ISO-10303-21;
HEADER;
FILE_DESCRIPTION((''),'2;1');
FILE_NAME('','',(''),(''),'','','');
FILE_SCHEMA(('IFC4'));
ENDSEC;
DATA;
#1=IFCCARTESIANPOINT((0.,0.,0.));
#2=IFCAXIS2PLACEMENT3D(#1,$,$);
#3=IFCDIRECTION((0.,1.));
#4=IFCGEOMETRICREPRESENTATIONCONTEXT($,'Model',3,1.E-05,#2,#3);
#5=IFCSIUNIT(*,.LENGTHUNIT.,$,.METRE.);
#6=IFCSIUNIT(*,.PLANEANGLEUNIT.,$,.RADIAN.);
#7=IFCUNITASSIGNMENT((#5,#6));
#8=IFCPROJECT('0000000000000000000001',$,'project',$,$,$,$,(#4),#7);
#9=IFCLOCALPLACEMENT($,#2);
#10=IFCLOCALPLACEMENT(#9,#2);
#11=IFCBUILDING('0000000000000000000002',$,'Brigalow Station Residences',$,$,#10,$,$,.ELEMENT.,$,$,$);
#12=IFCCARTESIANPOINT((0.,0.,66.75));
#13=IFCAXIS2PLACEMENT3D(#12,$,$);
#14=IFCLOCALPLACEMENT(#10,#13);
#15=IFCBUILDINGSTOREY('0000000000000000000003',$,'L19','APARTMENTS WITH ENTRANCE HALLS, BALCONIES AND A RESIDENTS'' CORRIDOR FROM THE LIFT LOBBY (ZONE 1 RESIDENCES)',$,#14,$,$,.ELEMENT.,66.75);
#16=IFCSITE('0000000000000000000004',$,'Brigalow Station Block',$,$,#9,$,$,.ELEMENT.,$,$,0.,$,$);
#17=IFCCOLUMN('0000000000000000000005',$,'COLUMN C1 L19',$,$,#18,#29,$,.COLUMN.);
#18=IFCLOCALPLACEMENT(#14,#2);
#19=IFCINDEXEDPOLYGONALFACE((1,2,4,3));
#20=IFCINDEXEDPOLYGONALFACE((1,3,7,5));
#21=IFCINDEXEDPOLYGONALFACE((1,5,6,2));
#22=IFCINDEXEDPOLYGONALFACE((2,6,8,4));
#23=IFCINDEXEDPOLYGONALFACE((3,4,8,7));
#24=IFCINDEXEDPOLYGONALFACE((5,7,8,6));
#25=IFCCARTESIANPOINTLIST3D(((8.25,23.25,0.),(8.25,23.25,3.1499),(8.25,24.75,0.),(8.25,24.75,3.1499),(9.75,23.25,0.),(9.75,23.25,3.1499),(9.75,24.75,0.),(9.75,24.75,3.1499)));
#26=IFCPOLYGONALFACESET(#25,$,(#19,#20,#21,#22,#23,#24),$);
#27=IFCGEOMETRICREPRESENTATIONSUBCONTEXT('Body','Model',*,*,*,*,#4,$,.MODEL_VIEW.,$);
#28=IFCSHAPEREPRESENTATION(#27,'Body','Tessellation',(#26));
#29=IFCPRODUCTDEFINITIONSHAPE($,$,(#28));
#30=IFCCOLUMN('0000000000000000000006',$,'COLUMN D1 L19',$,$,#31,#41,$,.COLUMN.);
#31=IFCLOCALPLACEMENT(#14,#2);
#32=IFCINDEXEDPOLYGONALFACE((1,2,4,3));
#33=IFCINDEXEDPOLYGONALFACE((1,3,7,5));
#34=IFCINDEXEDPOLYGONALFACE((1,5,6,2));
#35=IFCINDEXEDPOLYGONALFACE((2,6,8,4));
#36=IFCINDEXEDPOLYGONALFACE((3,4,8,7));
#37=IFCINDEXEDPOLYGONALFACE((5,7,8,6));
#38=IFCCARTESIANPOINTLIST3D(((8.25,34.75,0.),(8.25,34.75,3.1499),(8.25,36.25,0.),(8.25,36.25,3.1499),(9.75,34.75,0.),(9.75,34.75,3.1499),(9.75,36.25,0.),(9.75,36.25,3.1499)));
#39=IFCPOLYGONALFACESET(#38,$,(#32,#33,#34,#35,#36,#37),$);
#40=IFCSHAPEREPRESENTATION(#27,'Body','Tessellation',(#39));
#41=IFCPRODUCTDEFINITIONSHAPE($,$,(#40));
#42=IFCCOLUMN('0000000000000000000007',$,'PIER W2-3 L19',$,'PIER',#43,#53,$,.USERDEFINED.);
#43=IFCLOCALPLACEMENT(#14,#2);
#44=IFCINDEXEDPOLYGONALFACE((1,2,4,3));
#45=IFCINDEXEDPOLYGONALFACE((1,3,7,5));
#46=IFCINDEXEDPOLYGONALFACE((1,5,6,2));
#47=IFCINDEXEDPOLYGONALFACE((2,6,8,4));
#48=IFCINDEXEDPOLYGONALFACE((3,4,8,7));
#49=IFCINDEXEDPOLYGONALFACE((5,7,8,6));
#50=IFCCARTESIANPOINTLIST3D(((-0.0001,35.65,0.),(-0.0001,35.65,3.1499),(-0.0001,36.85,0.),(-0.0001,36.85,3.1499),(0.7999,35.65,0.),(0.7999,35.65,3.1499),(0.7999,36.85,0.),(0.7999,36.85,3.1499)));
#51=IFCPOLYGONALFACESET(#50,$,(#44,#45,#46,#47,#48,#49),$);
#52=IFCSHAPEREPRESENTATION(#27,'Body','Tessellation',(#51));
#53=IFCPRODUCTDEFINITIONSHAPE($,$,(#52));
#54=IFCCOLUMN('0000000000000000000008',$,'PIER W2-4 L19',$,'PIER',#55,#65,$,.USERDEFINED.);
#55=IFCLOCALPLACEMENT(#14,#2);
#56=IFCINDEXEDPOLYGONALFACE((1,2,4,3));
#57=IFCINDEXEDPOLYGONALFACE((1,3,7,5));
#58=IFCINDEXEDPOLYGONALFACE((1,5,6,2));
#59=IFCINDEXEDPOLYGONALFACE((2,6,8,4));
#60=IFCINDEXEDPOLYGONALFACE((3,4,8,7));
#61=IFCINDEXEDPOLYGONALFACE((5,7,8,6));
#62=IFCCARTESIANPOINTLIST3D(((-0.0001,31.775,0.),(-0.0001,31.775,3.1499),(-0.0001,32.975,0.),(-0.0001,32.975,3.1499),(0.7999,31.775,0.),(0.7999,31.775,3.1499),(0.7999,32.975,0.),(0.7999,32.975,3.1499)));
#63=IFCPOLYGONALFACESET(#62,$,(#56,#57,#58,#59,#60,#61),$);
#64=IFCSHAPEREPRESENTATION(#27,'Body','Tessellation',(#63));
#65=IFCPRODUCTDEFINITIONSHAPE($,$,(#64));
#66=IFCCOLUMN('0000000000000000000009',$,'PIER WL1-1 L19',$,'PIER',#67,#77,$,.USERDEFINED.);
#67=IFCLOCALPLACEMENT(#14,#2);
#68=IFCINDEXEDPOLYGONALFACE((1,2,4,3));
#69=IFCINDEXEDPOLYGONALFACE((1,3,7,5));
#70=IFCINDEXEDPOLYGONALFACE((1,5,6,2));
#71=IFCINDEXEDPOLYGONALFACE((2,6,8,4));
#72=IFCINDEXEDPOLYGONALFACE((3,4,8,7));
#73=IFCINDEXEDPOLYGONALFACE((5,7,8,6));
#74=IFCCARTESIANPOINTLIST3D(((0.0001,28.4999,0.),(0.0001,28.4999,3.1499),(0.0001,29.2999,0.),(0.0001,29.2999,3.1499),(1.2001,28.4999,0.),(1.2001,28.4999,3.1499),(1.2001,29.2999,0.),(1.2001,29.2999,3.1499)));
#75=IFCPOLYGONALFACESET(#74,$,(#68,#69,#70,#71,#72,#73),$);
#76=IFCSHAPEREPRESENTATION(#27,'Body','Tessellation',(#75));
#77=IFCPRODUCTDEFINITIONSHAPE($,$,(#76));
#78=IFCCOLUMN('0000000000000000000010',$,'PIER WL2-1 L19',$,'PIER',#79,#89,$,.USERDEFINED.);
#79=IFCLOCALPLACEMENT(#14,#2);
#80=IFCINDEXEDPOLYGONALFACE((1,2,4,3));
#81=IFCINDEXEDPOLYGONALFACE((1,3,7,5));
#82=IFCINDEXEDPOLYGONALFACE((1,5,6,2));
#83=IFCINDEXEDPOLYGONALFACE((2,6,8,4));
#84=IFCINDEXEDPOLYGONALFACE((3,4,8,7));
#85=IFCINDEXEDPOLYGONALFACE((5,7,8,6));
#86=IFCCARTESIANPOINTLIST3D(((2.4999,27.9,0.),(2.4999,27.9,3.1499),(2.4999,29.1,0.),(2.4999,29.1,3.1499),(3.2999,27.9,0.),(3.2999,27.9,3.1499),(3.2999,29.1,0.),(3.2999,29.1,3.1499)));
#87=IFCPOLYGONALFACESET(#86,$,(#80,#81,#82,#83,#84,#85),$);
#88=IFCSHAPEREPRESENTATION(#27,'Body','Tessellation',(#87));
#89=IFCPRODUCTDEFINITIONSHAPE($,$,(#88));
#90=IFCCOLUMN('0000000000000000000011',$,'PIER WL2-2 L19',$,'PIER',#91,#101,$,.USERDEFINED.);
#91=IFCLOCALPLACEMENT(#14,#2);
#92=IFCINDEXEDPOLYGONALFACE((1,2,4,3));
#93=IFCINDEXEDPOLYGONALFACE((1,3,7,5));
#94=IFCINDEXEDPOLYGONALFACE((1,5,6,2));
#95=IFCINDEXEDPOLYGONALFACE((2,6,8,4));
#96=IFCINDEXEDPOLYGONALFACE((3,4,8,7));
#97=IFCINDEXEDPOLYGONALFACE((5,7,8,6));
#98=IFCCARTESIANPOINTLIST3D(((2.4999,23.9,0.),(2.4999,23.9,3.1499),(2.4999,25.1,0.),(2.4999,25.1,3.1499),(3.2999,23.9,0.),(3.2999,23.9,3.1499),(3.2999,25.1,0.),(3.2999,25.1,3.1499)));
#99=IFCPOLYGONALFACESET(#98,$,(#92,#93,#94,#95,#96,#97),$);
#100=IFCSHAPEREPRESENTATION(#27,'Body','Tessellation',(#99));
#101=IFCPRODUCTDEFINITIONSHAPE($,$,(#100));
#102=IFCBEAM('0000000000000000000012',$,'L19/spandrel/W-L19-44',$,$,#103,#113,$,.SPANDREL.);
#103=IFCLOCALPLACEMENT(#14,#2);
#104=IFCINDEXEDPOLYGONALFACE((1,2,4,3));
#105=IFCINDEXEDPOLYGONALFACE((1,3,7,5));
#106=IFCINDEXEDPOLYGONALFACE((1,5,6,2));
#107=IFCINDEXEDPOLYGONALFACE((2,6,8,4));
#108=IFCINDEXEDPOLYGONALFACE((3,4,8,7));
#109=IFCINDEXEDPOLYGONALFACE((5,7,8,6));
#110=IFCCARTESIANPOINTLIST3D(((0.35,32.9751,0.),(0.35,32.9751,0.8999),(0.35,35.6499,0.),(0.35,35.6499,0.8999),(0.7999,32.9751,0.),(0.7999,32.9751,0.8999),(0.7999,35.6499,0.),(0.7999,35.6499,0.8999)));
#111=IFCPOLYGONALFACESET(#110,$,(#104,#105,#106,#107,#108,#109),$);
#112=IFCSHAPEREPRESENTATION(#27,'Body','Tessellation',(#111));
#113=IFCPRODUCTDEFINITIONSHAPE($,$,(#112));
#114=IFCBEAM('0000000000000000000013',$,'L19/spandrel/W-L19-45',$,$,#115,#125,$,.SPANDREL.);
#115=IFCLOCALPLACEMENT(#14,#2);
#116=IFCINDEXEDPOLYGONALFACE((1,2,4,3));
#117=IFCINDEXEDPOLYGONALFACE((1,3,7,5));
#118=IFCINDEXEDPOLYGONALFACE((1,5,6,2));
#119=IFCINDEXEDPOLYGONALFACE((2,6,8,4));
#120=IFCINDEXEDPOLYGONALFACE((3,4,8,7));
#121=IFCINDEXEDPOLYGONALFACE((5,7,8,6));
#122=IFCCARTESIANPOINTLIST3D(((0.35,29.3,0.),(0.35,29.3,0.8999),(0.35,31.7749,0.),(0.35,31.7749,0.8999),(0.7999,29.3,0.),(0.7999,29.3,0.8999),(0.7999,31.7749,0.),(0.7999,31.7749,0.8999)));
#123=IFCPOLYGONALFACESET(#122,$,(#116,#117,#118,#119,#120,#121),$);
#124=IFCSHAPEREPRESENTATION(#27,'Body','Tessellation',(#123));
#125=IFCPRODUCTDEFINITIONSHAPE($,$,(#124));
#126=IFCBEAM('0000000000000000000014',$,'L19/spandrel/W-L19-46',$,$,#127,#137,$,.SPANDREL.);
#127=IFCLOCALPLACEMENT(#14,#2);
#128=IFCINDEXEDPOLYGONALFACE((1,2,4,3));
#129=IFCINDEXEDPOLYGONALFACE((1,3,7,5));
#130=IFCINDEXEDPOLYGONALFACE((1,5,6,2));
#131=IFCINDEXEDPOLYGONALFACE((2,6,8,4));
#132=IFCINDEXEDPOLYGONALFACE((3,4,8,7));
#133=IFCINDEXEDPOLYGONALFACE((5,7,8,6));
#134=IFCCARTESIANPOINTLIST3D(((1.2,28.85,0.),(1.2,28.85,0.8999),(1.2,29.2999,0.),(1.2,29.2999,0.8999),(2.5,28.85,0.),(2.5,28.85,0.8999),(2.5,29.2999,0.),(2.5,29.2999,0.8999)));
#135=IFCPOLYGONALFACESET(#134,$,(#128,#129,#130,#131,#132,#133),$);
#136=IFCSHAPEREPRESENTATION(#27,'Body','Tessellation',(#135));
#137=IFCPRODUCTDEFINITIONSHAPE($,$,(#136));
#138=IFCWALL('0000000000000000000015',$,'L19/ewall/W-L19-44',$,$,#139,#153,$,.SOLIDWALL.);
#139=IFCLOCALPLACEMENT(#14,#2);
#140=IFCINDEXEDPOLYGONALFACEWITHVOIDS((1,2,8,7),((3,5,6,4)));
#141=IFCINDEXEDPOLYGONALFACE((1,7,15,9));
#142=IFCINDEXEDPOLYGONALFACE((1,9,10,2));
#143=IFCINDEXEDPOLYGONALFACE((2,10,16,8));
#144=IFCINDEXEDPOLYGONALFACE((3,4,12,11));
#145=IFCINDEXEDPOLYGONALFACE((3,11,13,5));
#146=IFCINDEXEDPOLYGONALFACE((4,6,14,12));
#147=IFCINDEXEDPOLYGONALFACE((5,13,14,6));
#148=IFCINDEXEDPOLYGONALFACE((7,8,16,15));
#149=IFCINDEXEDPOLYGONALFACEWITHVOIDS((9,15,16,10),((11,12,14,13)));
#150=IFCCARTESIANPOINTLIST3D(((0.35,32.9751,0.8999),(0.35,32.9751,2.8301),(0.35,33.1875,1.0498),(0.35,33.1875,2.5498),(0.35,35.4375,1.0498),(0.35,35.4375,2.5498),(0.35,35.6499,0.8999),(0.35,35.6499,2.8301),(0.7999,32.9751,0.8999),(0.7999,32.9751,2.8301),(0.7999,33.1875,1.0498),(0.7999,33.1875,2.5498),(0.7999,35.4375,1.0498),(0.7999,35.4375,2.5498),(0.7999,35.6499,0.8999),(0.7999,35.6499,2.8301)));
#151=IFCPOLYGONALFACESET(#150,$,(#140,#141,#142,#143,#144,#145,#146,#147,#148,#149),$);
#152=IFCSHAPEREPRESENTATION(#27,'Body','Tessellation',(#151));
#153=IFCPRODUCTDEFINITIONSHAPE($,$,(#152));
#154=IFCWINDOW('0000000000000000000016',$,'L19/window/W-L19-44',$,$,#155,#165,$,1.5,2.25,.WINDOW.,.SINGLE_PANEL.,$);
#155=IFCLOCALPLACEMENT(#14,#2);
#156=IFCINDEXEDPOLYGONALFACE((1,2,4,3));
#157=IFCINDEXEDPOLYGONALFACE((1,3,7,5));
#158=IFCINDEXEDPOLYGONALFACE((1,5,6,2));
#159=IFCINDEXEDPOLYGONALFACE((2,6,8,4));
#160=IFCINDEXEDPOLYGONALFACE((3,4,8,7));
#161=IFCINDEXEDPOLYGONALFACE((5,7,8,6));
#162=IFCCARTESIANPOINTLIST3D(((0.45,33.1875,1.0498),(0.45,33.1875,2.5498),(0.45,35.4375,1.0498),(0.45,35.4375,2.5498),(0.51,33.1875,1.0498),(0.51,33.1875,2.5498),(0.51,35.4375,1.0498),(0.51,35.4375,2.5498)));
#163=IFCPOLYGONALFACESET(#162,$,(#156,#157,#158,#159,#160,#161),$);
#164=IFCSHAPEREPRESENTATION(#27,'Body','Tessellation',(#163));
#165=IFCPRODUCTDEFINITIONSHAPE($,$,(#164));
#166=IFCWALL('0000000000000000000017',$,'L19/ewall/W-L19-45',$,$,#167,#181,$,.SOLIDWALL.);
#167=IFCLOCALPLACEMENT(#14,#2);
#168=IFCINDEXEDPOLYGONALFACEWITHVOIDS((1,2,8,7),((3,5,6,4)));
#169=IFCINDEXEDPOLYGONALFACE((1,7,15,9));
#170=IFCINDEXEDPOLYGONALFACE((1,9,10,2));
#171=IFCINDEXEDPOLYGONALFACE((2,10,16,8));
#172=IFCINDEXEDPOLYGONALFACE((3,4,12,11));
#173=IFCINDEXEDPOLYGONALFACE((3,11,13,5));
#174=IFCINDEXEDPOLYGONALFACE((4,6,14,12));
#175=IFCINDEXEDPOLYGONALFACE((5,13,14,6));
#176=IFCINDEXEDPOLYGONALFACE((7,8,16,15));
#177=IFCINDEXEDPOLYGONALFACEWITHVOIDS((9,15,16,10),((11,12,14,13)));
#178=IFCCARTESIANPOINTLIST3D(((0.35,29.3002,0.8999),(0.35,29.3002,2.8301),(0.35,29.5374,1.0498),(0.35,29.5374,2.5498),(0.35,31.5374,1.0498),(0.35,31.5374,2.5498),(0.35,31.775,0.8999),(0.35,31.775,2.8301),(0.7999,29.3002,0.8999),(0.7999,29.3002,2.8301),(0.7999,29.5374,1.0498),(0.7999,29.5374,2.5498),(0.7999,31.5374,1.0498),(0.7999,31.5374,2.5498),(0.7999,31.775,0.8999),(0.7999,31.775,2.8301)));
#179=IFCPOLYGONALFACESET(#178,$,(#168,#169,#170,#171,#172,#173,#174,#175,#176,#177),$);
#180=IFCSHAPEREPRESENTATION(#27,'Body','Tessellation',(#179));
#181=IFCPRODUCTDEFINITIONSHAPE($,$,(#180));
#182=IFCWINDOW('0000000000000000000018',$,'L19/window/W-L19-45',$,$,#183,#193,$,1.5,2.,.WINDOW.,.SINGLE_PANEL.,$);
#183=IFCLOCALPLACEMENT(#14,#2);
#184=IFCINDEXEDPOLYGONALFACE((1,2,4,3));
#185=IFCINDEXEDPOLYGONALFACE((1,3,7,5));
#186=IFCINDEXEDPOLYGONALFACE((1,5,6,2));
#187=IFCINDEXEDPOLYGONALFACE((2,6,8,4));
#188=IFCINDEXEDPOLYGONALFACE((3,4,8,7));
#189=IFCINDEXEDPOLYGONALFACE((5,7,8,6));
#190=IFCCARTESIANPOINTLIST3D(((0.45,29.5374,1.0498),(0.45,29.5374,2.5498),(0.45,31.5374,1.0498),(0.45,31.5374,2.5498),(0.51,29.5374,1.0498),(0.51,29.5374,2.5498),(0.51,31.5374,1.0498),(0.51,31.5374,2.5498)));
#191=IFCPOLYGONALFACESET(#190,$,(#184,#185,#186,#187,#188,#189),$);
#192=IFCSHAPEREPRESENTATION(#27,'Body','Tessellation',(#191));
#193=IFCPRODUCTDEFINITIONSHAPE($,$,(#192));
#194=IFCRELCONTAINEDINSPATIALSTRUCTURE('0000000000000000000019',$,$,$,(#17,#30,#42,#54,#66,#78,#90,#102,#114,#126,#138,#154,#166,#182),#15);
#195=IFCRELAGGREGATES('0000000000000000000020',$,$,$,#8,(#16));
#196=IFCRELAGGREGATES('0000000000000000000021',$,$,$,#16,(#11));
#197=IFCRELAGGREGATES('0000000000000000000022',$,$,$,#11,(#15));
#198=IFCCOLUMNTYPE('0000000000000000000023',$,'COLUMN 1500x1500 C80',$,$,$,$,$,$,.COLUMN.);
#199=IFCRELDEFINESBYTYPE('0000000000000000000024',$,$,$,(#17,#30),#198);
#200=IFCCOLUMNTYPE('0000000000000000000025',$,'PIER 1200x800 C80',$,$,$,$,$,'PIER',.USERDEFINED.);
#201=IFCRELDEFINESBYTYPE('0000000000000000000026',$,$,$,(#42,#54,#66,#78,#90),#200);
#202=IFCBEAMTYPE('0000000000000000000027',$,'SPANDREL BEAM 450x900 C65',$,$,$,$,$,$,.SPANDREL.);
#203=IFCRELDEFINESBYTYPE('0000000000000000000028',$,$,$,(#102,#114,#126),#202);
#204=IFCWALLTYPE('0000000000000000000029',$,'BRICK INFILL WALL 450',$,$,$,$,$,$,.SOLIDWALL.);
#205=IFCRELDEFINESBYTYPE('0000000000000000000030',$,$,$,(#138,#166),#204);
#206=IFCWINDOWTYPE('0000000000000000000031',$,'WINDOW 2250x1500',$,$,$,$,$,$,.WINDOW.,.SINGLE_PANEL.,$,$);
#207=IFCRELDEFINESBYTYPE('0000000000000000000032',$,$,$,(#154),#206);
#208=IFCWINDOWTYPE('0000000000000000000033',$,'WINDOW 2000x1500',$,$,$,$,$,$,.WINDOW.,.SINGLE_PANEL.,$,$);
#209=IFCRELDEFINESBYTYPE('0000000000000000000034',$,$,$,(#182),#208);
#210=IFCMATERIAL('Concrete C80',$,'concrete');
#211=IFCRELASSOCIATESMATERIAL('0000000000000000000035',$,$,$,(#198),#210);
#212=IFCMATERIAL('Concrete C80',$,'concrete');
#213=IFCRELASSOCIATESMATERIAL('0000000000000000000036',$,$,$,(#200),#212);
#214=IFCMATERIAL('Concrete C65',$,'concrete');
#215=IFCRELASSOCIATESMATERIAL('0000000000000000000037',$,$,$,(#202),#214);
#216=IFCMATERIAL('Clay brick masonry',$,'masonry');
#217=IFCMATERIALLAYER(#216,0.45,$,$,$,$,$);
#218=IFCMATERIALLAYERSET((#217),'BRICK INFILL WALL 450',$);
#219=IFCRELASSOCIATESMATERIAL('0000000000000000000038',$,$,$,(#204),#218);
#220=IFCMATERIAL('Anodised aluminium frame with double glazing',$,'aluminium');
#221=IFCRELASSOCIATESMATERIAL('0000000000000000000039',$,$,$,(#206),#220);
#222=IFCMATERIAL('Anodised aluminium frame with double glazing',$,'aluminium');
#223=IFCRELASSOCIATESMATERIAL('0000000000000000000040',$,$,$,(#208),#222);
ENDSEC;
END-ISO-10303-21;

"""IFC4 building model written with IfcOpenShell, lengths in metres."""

from ifc_helpers import new_model, si_unit, direction, frame, frame_2d, origin, origin_2d, place, context, subcontext, project, spatial, rectangle, extrude, material, layer, layer_set, material_profile, profile_set, type_object, element, fill, save


model = new_model("IFC4")

# Units and contexts
model_context = context("Model", 3, precision=1e-05, world=origin(), true_north=direction((0.0, 1.0)))
body_context = subcontext(model_context, "Body", "Model", "MODEL_VIEW")
ifc_project = project(units=[si_unit("LENGTHUNIT", "METRE"), si_unit("PLANEANGLEUNIT", "RADIAN")], contexts=[model_context])

# Site, building, storey
site_placement = place(None, origin())
site = spatial("IfcSite", under=ifc_project, at=site_placement, Name="Brigalow Station Block", CompositionType="ELEMENT", RefElevation=0.0)
building_placement = place(site_placement, origin())
building = spatial("IfcBuilding", under=site, at=building_placement, Name="Brigalow Station Residences", CompositionType="ELEMENT")
storey_placement = place(building_placement, frame((0.0, 0.0, 66.75)))
storey = spatial("IfcBuildingStorey", under=building, at=storey_placement, Name="L19", Description="APARTMENTS WITH ENTRANCE HALLS, BALCONIES AND A RESIDENTS' CORRIDOR FROM THE LIFT LOBBY (ZONE 1 RESIDENCES)", CompositionType="ELEMENT", Elevation=66.75)

# Columns
ifc_material_1 = material(Name="Concrete C80", Category="concrete")
ifc_material_profile_1 = material_profile(ifc_material_1, rectangle(XDim=1.5, YDim=1.5, at=origin_2d()), Name="RC1500x1500")
ifc_profile_set_1 = profile_set([ifc_material_profile_1], Name="Concrete C80")
column_type_1 = type_object("IfcColumnType", Name="COLUMN 1500x1500 C80", PredefinedType="COLUMN", material=ifc_profile_set_1)
for number, where, z_axis, x_axis, name in (
    (1, (9.0, 24.0, 0.0), (0.0, 0.0, 1.0), (1.0, 0.0, 0.0), "COLUMN C1 L19"),
    (2, (9.0, 35.5, 0.0), (0.0, 0.0, 1.0), (1.0, 0.0, 0.0), "COLUMN D1 L19"),
):
    element("IfcColumn", number, at=place(storey_placement, frame(where, z_axis=z_axis, x_axis=x_axis)), inside=storey, type_object=column_type_1, Name=name, PredefinedType="COLUMN", context=body_context, shape_type="SweptSolid", body=[
        extrude(rectangle(XDim=1.5, YDim=1.5, at=origin_2d()), origin(), (0.0, 0.0, 1.0), 3.1499),
    ])
ifc_material_2 = material(Name="Concrete C80", Category="concrete")
ifc_material_profile_2 = material_profile(ifc_material_2, rectangle(XDim=1.2, YDim=0.8, at=origin_2d()), Name="RC1200x800")
ifc_profile_set_2 = profile_set([ifc_material_profile_2], Name="Concrete C80")
column_type_2 = type_object("IfcColumnType", Name="PIER 1200x800 C80", ElementType="PIER", PredefinedType="USERDEFINED", material=ifc_profile_set_2)
for number, where, z_axis, x_axis, name in (
    (3, (0.3999, 36.25, 0.0), (0.0, 0.0, 1.0), (0.0, -1.0, 0.0), "PIER W2-3 L19"),
    (4, (0.3999, 32.375, 0.0), (0.0, 0.0, 1.0), (0.0, -1.0, 0.0), "PIER W2-4 L19"),
    (5, (0.6001, 28.8999, 0.0), (0.0, 0.0, 1.0), (1.0, 0.0, 0.0), "PIER WL1-1 L19"),
    (6, (2.8999, 28.5, 0.0), (0.0, 0.0, 1.0), (0.0, -1.0, 0.0), "PIER WL2-1 L19"),
    (7, (2.8999, 24.5, 0.0), (0.0, 0.0, 1.0), (0.0, -1.0, 0.0), "PIER WL2-2 L19"),
):
    element("IfcColumn", number, at=place(storey_placement, frame(where, z_axis=z_axis, x_axis=x_axis)), inside=storey, type_object=column_type_2, Name=name, ObjectType="PIER", PredefinedType="USERDEFINED", context=body_context, shape_type="SweptSolid", body=[
        extrude(rectangle(XDim=1.2, YDim=0.8, at=origin_2d()), origin(), (0.0, 0.0, 1.0), 3.1499),
    ])

# Beams
ifc_material_3 = material(Name="Concrete C65", Category="concrete")
ifc_material_profile_3 = material_profile(ifc_material_3, rectangle(XDim=0.45, YDim=0.8999, at=origin_2d()), Name="RC450x900")
ifc_profile_set_3 = profile_set([ifc_material_profile_3], Name="Concrete C65")
beam_type = type_object("IfcBeamType", Name="SPANDREL BEAM 450x900 C65", PredefinedType="SPANDREL", material=ifc_profile_set_3)
beam_1_placement = place(storey_placement, frame((0.575, 35.6499, 0.45), z_axis=(0.0, -1.0, 0.0), x_axis=(1.0, 0.0, 0.0)))
element("IfcBeam", 8, at=beam_1_placement, inside=storey, type_object=beam_type, Name="L19/spandrel/W-L19-44", PredefinedType="SPANDREL", context=body_context, shape_type="SweptSolid", body=[
    extrude(rectangle(XDim=0.45, YDim=0.8999, at=origin_2d()), origin(), (0.0, 0.0, 1.0), 2.6748),
])
beam_2_placement = place(storey_placement, frame((0.575, 31.7749, 0.45), z_axis=(0.0, -1.0, 0.0), x_axis=(1.0, 0.0, 0.0)))
element("IfcBeam", 9, at=beam_2_placement, inside=storey, type_object=beam_type, Name="L19/spandrel/W-L19-45", PredefinedType="SPANDREL", context=body_context, shape_type="SweptSolid", body=[
    extrude(rectangle(XDim=0.45, YDim=0.8999, at=origin_2d()), origin(), (0.0, 0.0, 1.0), 2.4749),
])
beam_3_placement = place(storey_placement, frame((1.2, 29.075, 0.45), z_axis=(1.0, 0.0, 0.0), x_axis=(0.0, 1.0, 0.0)))
element("IfcBeam", 10, at=beam_3_placement, inside=storey, type_object=beam_type, Name="L19/spandrel/W-L19-46", PredefinedType="SPANDREL", context=body_context, shape_type="SweptSolid", body=[
    extrude(rectangle(XDim=0.45, YDim=0.8999, at=origin_2d()), origin(), (0.0, 0.0, 1.0), 1.3),
])

# Walls, openings, windows
ifc_material_4 = material(Name="Clay brick masonry", Category="masonry")
ifc_layer_1 = layer(ifc_material_4, 0.45)
ifc_layer_set_1 = layer_set([ifc_layer_1], Name="BRICK INFILL WALL 450")
wall_type_1 = type_object("IfcWallType", Name="BRICK INFILL WALL 450", PredefinedType="SOLIDWALL", material=ifc_layer_set_1)
wall_1_placement = place(storey_placement, frame((0.575, 35.6499, 0.8999), z_axis=(0.0, 0.0, 1.0), x_axis=(0.0, -1.0, 0.0)))
wall_1 = element("IfcWall", 11, at=wall_1_placement, inside=storey, type_object=wall_type_1, Name="L19/ewall/W-L19-44", PredefinedType="SOLIDWALL", context=body_context, shape_type="SweptSolid", body=[
    extrude(rectangle(XDim=2.6748, YDim=0.45, at=frame_2d((1.3374, 0.0))), origin(), (0.0, 0.0, 1.0), 1.9302),
])
opening_1_placement = place(wall_1_placement, frame((0.2124, 0.0, 0.1499)))
opening_1 = element("IfcOpeningElement", 12, at=opening_1_placement, cuts=wall_1, PredefinedType="OPENING", context=body_context, shape_type="SweptSolid", body=[
    extrude(rectangle(XDim=2.25, YDim=1.5, at=frame_2d((1.125, 0.75))), frame((0.0, 0.2349, 0.0), z_axis=(0.0, -1.0, 0.0), x_axis=(1.0, 0.0, 0.0)), (0.0, 0.0, 1.0), 0.47),
])
ifc_material_5 = material(Name="Anodised aluminium frame with double glazing", Category="aluminium")
window_type_1 = type_object("IfcWindowType", Name="WINDOW 2250x1500", PartitioningType="SINGLE_PANEL", PredefinedType="WINDOW", material=ifc_material_5)
window_1_placement = place(opening_1_placement, origin())
window_1 = element("IfcWindow", 13, at=window_1_placement, inside=storey, type_object=window_type_1, Name="L19/window/W-L19-44", OverallHeight=1.5, OverallWidth=2.25, PartitioningType="SINGLE_PANEL", PredefinedType="WINDOW", context=body_context, shape_type="SweptSolid", body=[
    extrude(rectangle(XDim=2.25, YDim=1.5, at=frame_2d((1.125, 0.75))), frame((0.0, -0.0649, 0.0), z_axis=(0.0, -1.0, 0.0), x_axis=(1.0, 0.0, 0.0)), (0.0, 0.0, 1.0), 0.0601),
])
fill(opening_1, window_1)
wall_2_placement = place(storey_placement, frame((0.575, 31.7749, 0.8999), z_axis=(0.0, 0.0, 1.0), x_axis=(0.0, -1.0, 0.0)))
wall_2 = element("IfcWall", 14, at=wall_2_placement, inside=storey, type_object=wall_type_1, Name="L19/ewall/W-L19-45", PredefinedType="SOLIDWALL", context=body_context, shape_type="SweptSolid", body=[
    extrude(rectangle(XDim=2.4749, YDim=0.45, at=frame_2d((1.2373, 0.0))), origin(), (0.0, 0.0, 1.0), 1.9302),
])
opening_2_placement = place(wall_2_placement, frame((0.2375, 0.0, 0.1499)))
opening_2 = element("IfcOpeningElement", 15, at=opening_2_placement, cuts=wall_2, PredefinedType="OPENING", context=body_context, shape_type="SweptSolid", body=[
    extrude(rectangle(XDim=2.0, YDim=1.5, at=frame_2d((1.0, 0.75))), frame((0.0, 0.2349, 0.0), z_axis=(0.0, -1.0, 0.0), x_axis=(1.0, 0.0, 0.0)), (0.0, 0.0, 1.0), 0.47),
])
ifc_material_6 = material(Name="Anodised aluminium frame with double glazing", Category="aluminium")
window_type_2 = type_object("IfcWindowType", Name="WINDOW 2000x1500", PartitioningType="SINGLE_PANEL", PredefinedType="WINDOW", material=ifc_material_6)
window_2_placement = place(opening_2_placement, origin())
window_2 = element("IfcWindow", 16, at=window_2_placement, inside=storey, type_object=window_type_2, Name="L19/window/W-L19-45", OverallHeight=1.5, OverallWidth=2.0, PartitioningType="SINGLE_PANEL", PredefinedType="WINDOW", context=body_context, shape_type="SweptSolid", body=[
    extrude(rectangle(XDim=2.0, YDim=1.5, at=frame_2d((1.0, 0.75))), frame((0.0, -0.0649, 0.0), z_axis=(0.0, -1.0, 0.0), x_axis=(1.0, 0.0, 0.0)), (0.0, 0.0, 1.0), 0.0601),
])
fill(opening_2, window_2)

save(model, "model.ifc")
